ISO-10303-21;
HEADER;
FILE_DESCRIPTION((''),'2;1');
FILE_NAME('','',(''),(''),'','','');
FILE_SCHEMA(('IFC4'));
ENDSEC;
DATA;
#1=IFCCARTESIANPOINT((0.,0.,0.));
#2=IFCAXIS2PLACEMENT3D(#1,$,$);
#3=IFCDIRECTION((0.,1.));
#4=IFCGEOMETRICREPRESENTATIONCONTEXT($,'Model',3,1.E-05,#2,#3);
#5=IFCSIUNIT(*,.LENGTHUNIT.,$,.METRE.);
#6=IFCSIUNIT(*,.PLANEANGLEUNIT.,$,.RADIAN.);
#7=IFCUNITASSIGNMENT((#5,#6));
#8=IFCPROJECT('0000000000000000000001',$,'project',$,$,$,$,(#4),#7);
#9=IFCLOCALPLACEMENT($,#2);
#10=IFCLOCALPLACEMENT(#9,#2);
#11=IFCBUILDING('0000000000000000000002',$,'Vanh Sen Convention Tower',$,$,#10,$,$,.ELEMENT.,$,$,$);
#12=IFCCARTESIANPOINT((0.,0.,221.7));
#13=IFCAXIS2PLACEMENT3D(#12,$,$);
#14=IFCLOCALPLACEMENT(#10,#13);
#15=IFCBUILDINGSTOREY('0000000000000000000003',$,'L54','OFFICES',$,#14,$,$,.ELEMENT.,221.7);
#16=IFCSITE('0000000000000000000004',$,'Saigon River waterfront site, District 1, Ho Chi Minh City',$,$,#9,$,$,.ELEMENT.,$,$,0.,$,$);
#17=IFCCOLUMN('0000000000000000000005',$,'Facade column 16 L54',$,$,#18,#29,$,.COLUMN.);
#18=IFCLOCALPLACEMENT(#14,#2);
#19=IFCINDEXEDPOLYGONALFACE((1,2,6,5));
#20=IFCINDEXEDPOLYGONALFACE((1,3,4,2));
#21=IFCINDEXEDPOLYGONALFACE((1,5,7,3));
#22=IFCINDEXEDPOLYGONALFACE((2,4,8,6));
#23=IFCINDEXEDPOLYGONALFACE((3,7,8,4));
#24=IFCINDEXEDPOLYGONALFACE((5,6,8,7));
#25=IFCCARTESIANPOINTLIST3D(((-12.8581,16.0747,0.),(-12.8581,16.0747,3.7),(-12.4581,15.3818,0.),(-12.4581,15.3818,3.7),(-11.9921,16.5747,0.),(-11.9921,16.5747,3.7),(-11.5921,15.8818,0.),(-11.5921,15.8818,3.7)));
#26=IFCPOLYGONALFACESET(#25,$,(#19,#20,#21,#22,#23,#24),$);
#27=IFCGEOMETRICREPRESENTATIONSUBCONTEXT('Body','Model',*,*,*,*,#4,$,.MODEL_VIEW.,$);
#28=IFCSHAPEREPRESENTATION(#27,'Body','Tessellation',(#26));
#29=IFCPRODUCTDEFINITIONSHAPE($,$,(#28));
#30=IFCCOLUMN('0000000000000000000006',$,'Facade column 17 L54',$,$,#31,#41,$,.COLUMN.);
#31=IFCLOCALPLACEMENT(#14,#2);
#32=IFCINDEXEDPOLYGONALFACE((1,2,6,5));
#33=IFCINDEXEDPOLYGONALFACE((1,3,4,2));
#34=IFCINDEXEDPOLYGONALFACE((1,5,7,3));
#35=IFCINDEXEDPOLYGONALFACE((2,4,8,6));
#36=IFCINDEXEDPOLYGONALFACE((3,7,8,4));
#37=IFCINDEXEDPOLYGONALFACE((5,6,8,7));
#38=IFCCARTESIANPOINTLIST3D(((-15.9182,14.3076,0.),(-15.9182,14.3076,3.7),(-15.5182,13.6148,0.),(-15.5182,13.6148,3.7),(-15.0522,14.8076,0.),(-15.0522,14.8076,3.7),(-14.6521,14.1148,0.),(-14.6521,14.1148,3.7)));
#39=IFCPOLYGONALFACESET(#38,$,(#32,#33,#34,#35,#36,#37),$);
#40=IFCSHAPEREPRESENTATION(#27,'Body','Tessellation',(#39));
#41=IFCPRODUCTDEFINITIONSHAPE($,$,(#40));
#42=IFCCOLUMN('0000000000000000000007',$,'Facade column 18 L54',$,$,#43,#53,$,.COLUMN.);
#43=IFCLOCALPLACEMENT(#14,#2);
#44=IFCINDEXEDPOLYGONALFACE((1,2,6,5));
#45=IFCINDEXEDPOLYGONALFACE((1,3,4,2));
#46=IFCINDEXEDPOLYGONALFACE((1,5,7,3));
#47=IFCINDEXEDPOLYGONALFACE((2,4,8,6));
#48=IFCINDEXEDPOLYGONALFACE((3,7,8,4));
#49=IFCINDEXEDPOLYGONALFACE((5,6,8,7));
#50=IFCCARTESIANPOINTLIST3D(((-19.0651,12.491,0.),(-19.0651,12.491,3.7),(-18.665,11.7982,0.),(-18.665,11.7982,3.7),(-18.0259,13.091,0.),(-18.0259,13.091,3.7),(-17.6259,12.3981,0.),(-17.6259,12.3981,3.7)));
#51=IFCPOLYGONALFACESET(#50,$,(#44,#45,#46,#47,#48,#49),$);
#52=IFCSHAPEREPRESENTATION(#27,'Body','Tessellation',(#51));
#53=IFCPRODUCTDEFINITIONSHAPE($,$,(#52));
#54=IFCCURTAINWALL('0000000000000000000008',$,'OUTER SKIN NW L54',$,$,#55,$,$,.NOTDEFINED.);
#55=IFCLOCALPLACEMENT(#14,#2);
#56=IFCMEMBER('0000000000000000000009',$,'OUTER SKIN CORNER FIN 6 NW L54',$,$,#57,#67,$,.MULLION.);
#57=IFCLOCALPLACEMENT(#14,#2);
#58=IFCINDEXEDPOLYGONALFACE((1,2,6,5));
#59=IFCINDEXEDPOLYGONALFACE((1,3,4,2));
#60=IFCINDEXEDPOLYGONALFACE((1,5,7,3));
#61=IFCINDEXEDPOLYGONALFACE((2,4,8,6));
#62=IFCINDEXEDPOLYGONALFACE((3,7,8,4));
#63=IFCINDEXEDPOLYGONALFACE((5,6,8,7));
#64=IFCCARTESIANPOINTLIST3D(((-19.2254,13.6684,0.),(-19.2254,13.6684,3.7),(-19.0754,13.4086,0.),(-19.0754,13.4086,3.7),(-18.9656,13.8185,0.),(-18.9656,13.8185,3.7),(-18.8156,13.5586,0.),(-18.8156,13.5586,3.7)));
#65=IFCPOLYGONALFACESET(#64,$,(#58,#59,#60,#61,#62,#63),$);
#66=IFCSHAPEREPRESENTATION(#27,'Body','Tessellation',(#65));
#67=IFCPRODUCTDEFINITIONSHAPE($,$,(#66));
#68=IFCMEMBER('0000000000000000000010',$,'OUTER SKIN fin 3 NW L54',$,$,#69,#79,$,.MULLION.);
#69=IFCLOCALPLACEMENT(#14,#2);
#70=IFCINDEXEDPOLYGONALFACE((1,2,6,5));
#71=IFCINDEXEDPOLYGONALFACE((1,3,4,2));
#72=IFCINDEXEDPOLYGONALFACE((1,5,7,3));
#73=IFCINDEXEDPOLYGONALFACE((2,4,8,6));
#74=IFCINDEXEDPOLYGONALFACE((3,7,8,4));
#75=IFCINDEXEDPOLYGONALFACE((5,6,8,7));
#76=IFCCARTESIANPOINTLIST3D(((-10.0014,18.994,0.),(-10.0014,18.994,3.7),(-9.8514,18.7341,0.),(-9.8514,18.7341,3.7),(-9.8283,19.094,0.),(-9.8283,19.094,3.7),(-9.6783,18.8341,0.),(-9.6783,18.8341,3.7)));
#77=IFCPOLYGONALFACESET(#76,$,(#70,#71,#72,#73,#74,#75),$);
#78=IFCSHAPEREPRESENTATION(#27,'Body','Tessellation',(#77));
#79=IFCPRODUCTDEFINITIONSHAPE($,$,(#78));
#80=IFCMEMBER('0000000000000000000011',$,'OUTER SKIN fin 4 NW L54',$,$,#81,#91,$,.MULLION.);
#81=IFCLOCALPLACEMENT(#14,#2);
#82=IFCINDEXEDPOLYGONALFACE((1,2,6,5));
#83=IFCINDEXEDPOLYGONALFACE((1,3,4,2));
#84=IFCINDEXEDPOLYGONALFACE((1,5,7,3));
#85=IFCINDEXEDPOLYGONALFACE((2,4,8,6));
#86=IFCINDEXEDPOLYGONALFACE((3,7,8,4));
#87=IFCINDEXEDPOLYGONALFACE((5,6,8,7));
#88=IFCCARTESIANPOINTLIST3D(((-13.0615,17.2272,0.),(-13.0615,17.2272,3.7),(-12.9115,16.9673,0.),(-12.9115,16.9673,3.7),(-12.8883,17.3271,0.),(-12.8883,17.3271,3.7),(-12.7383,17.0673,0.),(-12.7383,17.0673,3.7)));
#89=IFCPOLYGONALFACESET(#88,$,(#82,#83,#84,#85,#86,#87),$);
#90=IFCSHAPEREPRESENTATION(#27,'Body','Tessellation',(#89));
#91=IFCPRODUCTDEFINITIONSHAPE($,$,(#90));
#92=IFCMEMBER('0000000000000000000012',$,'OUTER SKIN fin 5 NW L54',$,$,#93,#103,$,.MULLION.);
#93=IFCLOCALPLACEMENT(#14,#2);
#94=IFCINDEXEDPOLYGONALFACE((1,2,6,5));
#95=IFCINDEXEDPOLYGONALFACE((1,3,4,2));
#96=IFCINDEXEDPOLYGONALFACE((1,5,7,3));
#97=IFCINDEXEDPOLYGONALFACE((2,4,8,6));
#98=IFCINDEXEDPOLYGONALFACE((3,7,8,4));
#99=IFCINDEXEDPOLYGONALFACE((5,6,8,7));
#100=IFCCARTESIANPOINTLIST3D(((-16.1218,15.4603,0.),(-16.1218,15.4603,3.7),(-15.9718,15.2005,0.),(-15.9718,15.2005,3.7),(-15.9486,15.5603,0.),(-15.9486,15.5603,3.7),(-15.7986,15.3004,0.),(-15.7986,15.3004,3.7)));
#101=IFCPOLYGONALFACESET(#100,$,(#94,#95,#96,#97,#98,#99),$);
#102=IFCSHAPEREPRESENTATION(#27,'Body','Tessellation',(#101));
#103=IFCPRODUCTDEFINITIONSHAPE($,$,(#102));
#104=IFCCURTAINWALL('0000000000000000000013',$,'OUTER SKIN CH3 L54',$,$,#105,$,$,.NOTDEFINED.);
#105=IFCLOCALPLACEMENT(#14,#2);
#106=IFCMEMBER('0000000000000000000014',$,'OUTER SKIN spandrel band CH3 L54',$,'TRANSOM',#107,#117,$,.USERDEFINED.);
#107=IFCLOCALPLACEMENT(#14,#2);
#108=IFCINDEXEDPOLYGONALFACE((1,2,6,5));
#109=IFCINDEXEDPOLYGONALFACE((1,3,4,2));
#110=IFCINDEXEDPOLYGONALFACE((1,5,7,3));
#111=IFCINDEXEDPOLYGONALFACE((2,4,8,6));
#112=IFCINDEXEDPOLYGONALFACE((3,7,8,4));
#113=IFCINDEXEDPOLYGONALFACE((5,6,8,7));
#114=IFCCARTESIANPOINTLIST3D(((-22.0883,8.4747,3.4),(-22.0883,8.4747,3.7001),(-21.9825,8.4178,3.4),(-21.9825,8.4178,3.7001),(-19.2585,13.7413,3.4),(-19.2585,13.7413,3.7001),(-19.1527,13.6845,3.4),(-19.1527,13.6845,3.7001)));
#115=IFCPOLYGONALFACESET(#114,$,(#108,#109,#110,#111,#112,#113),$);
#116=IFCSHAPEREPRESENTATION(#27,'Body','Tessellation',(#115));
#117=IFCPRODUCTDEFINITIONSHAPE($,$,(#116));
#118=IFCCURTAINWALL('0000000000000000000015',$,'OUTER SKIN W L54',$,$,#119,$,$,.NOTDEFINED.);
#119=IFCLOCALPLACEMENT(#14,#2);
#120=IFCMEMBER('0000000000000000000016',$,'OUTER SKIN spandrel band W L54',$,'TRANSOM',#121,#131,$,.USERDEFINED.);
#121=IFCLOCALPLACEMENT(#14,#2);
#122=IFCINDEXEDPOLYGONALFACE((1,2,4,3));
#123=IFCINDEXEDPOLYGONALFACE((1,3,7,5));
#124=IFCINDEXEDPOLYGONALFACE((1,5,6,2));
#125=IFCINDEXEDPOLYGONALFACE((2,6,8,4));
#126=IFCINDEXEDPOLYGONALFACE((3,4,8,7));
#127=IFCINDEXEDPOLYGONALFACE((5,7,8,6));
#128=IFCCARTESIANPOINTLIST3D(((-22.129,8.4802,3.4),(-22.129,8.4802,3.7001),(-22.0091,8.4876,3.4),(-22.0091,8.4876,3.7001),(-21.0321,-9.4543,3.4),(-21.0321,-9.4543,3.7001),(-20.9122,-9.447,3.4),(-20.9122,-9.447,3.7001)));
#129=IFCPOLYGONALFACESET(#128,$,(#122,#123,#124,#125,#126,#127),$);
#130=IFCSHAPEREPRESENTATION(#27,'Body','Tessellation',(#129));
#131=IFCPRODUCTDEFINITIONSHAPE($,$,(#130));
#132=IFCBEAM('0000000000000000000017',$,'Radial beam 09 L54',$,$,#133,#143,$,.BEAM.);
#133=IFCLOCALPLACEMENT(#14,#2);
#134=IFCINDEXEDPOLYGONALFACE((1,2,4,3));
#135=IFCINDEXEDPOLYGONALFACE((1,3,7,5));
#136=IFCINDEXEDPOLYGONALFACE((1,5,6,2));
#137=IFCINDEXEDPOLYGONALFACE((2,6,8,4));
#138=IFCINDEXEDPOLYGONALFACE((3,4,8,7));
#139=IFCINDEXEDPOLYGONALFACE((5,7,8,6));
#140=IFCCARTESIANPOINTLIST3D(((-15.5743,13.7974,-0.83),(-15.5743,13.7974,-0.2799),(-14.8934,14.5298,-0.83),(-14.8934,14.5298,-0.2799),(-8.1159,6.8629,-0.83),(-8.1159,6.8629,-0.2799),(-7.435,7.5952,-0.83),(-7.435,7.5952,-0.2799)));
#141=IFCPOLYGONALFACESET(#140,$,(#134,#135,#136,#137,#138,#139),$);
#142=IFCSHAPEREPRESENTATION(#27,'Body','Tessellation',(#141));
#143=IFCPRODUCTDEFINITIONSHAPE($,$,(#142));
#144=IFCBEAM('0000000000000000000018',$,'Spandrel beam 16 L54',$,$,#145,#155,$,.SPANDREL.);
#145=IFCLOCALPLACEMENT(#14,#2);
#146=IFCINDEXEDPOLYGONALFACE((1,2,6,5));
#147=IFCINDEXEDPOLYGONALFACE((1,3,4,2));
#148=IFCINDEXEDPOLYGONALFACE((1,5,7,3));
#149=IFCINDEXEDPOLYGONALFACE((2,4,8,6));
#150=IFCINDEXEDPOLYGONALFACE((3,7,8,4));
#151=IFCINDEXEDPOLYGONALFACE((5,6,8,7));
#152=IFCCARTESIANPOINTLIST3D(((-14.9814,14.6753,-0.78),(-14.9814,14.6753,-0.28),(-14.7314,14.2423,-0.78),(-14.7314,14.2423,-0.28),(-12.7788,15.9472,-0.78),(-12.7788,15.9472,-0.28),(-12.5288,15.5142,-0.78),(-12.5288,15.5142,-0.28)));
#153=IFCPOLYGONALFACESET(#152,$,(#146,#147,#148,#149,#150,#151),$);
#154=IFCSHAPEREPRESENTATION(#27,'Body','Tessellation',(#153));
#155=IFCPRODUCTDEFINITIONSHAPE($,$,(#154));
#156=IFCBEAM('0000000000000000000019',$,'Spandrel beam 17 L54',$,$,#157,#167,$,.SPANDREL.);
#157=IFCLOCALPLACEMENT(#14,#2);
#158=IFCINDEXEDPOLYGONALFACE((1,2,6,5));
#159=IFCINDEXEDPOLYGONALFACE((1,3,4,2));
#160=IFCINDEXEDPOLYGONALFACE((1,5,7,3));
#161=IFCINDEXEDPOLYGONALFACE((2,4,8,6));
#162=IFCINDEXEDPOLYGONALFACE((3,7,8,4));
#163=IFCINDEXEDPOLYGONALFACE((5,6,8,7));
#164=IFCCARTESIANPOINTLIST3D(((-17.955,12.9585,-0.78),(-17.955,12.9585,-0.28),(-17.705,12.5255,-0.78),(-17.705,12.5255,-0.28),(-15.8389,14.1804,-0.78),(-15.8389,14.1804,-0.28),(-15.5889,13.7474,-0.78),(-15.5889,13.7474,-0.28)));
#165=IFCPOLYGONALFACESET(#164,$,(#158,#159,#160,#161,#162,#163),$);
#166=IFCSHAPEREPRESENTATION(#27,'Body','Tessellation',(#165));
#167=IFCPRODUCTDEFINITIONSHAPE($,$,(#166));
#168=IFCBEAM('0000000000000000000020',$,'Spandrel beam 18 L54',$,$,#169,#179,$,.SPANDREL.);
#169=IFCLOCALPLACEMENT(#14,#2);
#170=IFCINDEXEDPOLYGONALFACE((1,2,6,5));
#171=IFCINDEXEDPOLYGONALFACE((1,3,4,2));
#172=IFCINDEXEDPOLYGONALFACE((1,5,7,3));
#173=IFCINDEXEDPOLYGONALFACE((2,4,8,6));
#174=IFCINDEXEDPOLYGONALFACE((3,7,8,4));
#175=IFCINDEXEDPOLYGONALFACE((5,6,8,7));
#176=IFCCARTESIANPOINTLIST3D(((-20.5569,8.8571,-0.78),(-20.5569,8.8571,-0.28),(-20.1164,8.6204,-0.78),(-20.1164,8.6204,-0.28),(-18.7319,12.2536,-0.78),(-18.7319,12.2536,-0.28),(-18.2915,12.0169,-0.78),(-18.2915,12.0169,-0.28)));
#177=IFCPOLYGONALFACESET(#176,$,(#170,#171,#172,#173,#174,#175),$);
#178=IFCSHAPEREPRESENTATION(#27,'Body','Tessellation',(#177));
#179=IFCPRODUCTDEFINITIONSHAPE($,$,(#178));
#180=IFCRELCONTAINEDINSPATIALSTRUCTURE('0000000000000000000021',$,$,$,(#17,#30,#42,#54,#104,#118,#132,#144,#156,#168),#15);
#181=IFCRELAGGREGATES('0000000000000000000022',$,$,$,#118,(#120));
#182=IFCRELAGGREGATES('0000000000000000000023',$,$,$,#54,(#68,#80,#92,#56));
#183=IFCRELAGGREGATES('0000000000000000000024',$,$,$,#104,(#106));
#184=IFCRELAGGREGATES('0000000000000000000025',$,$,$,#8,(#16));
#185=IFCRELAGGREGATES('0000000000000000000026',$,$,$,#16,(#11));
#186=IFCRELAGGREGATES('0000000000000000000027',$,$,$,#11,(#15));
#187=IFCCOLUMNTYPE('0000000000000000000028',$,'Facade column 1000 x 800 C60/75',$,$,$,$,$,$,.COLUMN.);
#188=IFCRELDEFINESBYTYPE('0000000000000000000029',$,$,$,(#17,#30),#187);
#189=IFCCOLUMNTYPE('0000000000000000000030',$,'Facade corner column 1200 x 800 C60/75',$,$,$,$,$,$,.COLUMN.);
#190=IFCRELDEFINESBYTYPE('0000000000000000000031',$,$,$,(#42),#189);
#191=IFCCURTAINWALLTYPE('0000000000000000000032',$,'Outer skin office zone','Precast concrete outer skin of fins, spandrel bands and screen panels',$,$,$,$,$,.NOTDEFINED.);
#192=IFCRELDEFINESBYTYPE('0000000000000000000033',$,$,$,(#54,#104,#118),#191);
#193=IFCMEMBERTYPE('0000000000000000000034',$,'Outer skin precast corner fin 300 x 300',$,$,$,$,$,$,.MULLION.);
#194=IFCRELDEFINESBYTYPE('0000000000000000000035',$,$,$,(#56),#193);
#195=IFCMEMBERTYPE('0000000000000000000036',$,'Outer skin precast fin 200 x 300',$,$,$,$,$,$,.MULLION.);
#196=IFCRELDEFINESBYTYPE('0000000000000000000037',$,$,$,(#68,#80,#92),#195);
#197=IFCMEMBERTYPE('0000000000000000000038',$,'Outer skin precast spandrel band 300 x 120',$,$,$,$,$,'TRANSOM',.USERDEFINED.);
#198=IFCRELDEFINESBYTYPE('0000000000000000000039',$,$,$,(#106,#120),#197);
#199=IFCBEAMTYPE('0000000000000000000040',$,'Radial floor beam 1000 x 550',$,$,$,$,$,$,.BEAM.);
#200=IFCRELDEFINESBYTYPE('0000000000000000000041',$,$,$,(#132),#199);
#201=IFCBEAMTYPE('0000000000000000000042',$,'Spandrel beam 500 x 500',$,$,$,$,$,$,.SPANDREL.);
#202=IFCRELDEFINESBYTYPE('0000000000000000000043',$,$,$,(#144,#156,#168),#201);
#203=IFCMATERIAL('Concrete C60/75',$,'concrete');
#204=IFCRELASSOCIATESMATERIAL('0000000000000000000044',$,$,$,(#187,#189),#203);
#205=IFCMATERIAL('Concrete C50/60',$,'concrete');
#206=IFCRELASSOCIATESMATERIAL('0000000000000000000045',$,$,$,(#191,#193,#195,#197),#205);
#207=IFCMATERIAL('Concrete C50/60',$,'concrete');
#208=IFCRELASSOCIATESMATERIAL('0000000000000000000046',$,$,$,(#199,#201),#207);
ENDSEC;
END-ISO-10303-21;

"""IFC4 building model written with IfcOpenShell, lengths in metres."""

from ifc_helpers import new_model, si_unit, direction, frame, origin, origin_2d, place, context, subcontext, project, spatial, rectangle, extrude, material, material_profile, profile_set, type_object, element, aggregate, save


model = new_model("IFC4")

# Units and contexts
model_context = context("Model", 3, precision=1e-05, world=origin(), true_north=direction((0.0, 1.0)))
body_context = subcontext(model_context, "Body", "Model", "MODEL_VIEW")
ifc_project = project(units=[si_unit("LENGTHUNIT", "METRE"), si_unit("PLANEANGLEUNIT", "RADIAN")], contexts=[model_context])

# Site, building, storey
site_placement = place(None, origin())
site = spatial("IfcSite", under=ifc_project, at=site_placement, Name="Saigon River waterfront site, District 1, Ho Chi Minh City", CompositionType="ELEMENT", RefElevation=0.0)
building_placement = place(site_placement, origin())
building = spatial("IfcBuilding", under=site, at=building_placement, Name="Vanh Sen Convention Tower", CompositionType="ELEMENT")
storey_placement = place(building_placement, frame((0.0, 0.0, 221.7)))
storey = spatial("IfcBuildingStorey", under=building, at=storey_placement, Name="L54", Description="OFFICES", CompositionType="ELEMENT", Elevation=221.7)

# Columns
ifc_material_1 = material(Name="Concrete C60/75", Category="concrete")
ifc_material_profile_1 = material_profile(ifc_material_1, rectangle(XDim=1.0, YDim=0.8, at=origin_2d()), Name="RC 1000X800")
ifc_profile_set_1 = profile_set([ifc_material_profile_1], Name="Concrete C60/75")
column_type_1 = type_object("IfcColumnType", Name="Facade column 1000 x 800 C60/75", PredefinedType="COLUMN", material=ifc_profile_set_1)
for number, where, z_axis, x_axis, name in (
    (1, (-12.2251, 15.9783, 0.0), (0.0, 0.0, 1.0), (-0.866025, -0.5, 0.0), "Facade column 16 L54"),
    (2, (-15.2852, 14.2112, 0.0), (0.0, 0.0, 1.0), (-0.866025, -0.5, 0.0), "Facade column 17 L54"),
):
    element("IfcColumn", number, at=place(storey_placement, frame(where, z_axis=z_axis, x_axis=x_axis)), inside=storey, type_object=column_type_1, Name=name, PredefinedType="COLUMN", context=body_context, shape_type="SweptSolid", body=[
        extrude(rectangle(XDim=1.0, YDim=0.8, at=origin_2d()), origin(), (0.0, 0.0, 1.0), 3.7),
    ])
ifc_material_profile_2 = material_profile(ifc_material_1, rectangle(XDim=1.2, YDim=0.8, at=origin_2d()), Name="RC 1200X800")
ifc_profile_set_2 = profile_set([ifc_material_profile_2], Name="Concrete C60/75")
column_type_2 = type_object("IfcColumnType", Name="Facade corner column 1200 x 800 C60/75", PredefinedType="COLUMN", material=ifc_profile_set_2)
column_placement = place(storey_placement, frame((-18.3455, 12.4446, 0.0), z_axis=(0.0, 0.0, 1.0), x_axis=(-0.866025, -0.5, 0.0)))
element("IfcColumn", 3, at=column_placement, inside=storey, type_object=column_type_2, Name="Facade column 18 L54", PredefinedType="COLUMN", context=body_context, shape_type="SweptSolid", body=[
    extrude(rectangle(XDim=1.2, YDim=0.8, at=origin_2d()), origin(), (0.0, 0.0, 1.0), 3.7),
])

# Curtain wall, members
ifc_material_2 = material(Name="Concrete C50/60", Category="concrete")
curtain_wall_type = type_object("IfcCurtainWallType", Name="Outer skin office zone", Description="Precast concrete outer skin of fins, spandrel bands and screen panels", PredefinedType="NOTDEFINED", material=ifc_material_2)
curtain_wall_1_placement = place(storey_placement, origin())
curtain_wall_1 = element("IfcCurtainWall", 4, at=curtain_wall_1_placement, inside=storey, type_object=curtain_wall_type, Name="OUTER SKIN NW L54", PredefinedType="NOTDEFINED")
ifc_material_profile_3 = material_profile(ifc_material_2, rectangle(XDim=0.3, YDim=0.3, at=origin_2d()), Name="Outer skin precast corner fin 300 x 300")
ifc_profile_set_3 = profile_set([ifc_material_profile_3], Name="Concrete C50/60")
member_type_1 = type_object("IfcMemberType", Name="Outer skin precast corner fin 300 x 300", PredefinedType="MULLION", material=ifc_profile_set_3)
member_1_placement = place(storey_placement, frame((-19.0205, 13.6135, 0.0), z_axis=(0.0, 0.0, 1.0), x_axis=(-0.866025, -0.5, 0.0)))
member_1 = element("IfcMember", 5, at=member_1_placement, type_object=member_type_1, Name="OUTER SKIN CORNER FIN 6 NW L54", PredefinedType="MULLION", context=body_context, shape_type="SweptSolid", body=[
    extrude(rectangle(XDim=0.3, YDim=0.3, at=origin_2d()), origin(), (0.0, 0.0, 1.0), 3.7),
])
ifc_material_profile_4 = material_profile(ifc_material_2, rectangle(XDim=0.2, YDim=0.3, at=origin_2d()), Name="Outer skin precast fin 200 x 300")
ifc_profile_set_4 = profile_set([ifc_material_profile_4], Name="Concrete C50/60")
member_type_2 = type_object("IfcMemberType", Name="Outer skin precast fin 200 x 300", PredefinedType="MULLION", material=ifc_profile_set_4)
member_2_placement = place(storey_placement, frame((-9.8398, 18.9141, 0.0), z_axis=(0.0, 0.0, 1.0), x_axis=(-0.866025, -0.5, 0.0)))
member_2 = element("IfcMember", 6, at=member_2_placement, type_object=member_type_2, Name="OUTER SKIN fin 3 NW L54", PredefinedType="MULLION", context=body_context, shape_type="SweptSolid", body=[
    extrude(rectangle(XDim=0.2, YDim=0.3, at=origin_2d()), origin(), (0.0, 0.0, 1.0), 3.7),
])
member_3_placement = place(storey_placement, frame((-12.8999, 17.1472, 0.0), z_axis=(0.0, 0.0, 1.0), x_axis=(-0.866025, -0.5, 0.0)))
member_3 = element("IfcMember", 7, at=member_3_placement, type_object=member_type_2, Name="OUTER SKIN fin 4 NW L54", PredefinedType="MULLION", context=body_context, shape_type="SweptSolid", body=[
    extrude(rectangle(XDim=0.2, YDim=0.3, at=origin_2d()), origin(), (0.0, 0.0, 1.0), 3.7),
])
member_4_placement = place(storey_placement, frame((-15.9602, 15.3804, 0.0), z_axis=(0.0, 0.0, 1.0), x_axis=(-0.866025, -0.5, 0.0)))
member_4 = element("IfcMember", 8, at=member_4_placement, type_object=member_type_2, Name="OUTER SKIN fin 5 NW L54", PredefinedType="MULLION", context=body_context, shape_type="SweptSolid", body=[
    extrude(rectangle(XDim=0.2, YDim=0.3, at=origin_2d()), origin(), (0.0, 0.0, 1.0), 3.7),
])

# Curtain walls, members
curtain_wall_2_placement = place(storey_placement, origin())
curtain_wall_2 = element("IfcCurtainWall", 9, at=curtain_wall_2_placement, inside=storey, type_object=curtain_wall_type, Name="OUTER SKIN CH3 L54", PredefinedType="NOTDEFINED")
ifc_material_profile_5 = material_profile(ifc_material_2, rectangle(XDim=0.1201, YDim=0.3, at=origin_2d()), Name="Outer skin precast spandrel band 300 x 120")
ifc_profile_set_5 = profile_set([ifc_material_profile_5], Name="Concrete C50/60")
member_type_3 = type_object("IfcMemberType", Name="Outer skin precast spandrel band 300 x 120", ElementType="TRANSOM", PredefinedType="USERDEFINED", material=ifc_profile_set_5)
member_5_placement = place(storey_placement, frame((-19.2056, 13.7129, 3.55), z_axis=(-0.473318, -0.880892, 0.0), x_axis=(0.880892, -0.473318, 0.0)))
member_5 = element("IfcMember", 10, at=member_5_placement, type_object=member_type_3, Name="OUTER SKIN spandrel band CH3 L54", ObjectType="TRANSOM", PredefinedType="USERDEFINED", context=body_context, shape_type="SweptSolid", body=[
    extrude(rectangle(XDim=0.1201, YDim=0.3, at=origin_2d()), origin(), (0.0, 0.0, 1.0), 5.9788),
])
curtain_wall_3_placement = place(storey_placement, origin())
curtain_wall_3 = element("IfcCurtainWall", 11, at=curtain_wall_3_placement, inside=storey, type_object=curtain_wall_type, Name="OUTER SKIN W L54", PredefinedType="NOTDEFINED")
member_6_placement = place(storey_placement, frame((-22.0691, 8.4839, 3.55), z_axis=(0.061048, -0.998135, 0.0), x_axis=(0.998135, 0.061048, 0.0)))
member_6 = element("IfcMember", 12, at=member_6_placement, type_object=member_type_3, Name="OUTER SKIN spandrel band W L54", ObjectType="TRANSOM", PredefinedType="USERDEFINED", context=body_context, shape_type="SweptSolid", body=[
    extrude(rectangle(XDim=0.1201, YDim=0.3, at=origin_2d()), origin(), (0.0, 0.0, 1.0), 17.968),
])
aggregate(curtain_wall_3, [member_6])

# Beams
ifc_material_3 = material(Name="Concrete C50/60", Category="concrete")
ifc_material_profile_6 = material_profile(ifc_material_3, rectangle(XDim=1.0, YDim=0.55, at=origin_2d()), Name="RC 1000X550")
ifc_profile_set_6 = profile_set([ifc_material_profile_6], Name="Concrete C50/60")
beam_type_1 = type_object("IfcBeamType", Name="Radial floor beam 1000 x 550", PredefinedType="BEAM", material=ifc_profile_set_6)
beam_1_placement = place(storey_placement, frame((-15.2339, 14.1636, -0.5549), z_axis=(0.732361, -0.680916, 0.0), x_axis=(0.680916, 0.732361, 0.0)))
element("IfcBeam", 13, at=beam_1_placement, inside=storey, type_object=beam_type_1, Name="Radial beam 09 L54", PredefinedType="BEAM", context=body_context, shape_type="SweptSolid", body=[
    extrude(rectangle(XDim=1.0, YDim=0.55, at=origin_2d()), origin(), (0.0, 0.0, 1.0), 10.1841),
])
ifc_material_profile_7 = material_profile(ifc_material_3, rectangle(XDim=0.5, YDim=0.5, at=origin_2d()), Name="RC 500X500")
ifc_profile_set_7 = profile_set([ifc_material_profile_7], Name="Concrete C50/60")
beam_type_2 = type_object("IfcBeamType", Name="Spandrel beam 500 x 500", PredefinedType="SPANDREL", material=ifc_profile_set_7)
beam_2_placement = place(storey_placement, frame((-12.6538, 15.7307, -0.53), z_axis=(-0.865978, -0.500082, 0.0), x_axis=(0.500082, -0.865978, 0.0)))
element("IfcBeam", 14, at=beam_2_placement, inside=storey, type_object=beam_type_2, Name="Spandrel beam 16 L54", PredefinedType="SPANDREL", context=body_context, shape_type="SweptSolid", body=[
    extrude(rectangle(XDim=0.5, YDim=0.5, at=origin_2d()), origin(), (0.0, 0.0, 1.0), 2.5435),
])
beam_3_placement = place(storey_placement, frame((-15.7139, 13.9639, -0.53), z_axis=(-0.866003, -0.50004, 0.0), x_axis=(0.50004, -0.866003, 0.0)))
element("IfcBeam", 15, at=beam_3_placement, inside=storey, type_object=beam_type_2, Name="Spandrel beam 17 L54", PredefinedType="SPANDREL", context=body_context, shape_type="SweptSolid", body=[
    extrude(rectangle(XDim=0.5, YDim=0.5, at=origin_2d()), origin(), (0.0, 0.0, 1.0), 2.4436),
])
beam_4_placement = place(storey_placement, frame((-18.5117, 12.1353, -0.53), z_axis=(-0.47331, -0.880896, 0.0), x_axis=(0.880896, -0.47331, 0.0)))
element("IfcBeam", 16, at=beam_4_placement, inside=storey, type_object=beam_type_2, Name="Spandrel beam 18 L54", PredefinedType="SPANDREL", context=body_context, shape_type="SweptSolid", body=[
    extrude(rectangle(XDim=0.5, YDim=0.5, at=origin_2d()), origin(), (0.0, 0.0, 1.0), 3.8557),
])

aggregate(curtain_wall_1, [member_2, member_3, member_4, member_1])
aggregate(curtain_wall_2, [member_5])

save(model, "model.ifc")
